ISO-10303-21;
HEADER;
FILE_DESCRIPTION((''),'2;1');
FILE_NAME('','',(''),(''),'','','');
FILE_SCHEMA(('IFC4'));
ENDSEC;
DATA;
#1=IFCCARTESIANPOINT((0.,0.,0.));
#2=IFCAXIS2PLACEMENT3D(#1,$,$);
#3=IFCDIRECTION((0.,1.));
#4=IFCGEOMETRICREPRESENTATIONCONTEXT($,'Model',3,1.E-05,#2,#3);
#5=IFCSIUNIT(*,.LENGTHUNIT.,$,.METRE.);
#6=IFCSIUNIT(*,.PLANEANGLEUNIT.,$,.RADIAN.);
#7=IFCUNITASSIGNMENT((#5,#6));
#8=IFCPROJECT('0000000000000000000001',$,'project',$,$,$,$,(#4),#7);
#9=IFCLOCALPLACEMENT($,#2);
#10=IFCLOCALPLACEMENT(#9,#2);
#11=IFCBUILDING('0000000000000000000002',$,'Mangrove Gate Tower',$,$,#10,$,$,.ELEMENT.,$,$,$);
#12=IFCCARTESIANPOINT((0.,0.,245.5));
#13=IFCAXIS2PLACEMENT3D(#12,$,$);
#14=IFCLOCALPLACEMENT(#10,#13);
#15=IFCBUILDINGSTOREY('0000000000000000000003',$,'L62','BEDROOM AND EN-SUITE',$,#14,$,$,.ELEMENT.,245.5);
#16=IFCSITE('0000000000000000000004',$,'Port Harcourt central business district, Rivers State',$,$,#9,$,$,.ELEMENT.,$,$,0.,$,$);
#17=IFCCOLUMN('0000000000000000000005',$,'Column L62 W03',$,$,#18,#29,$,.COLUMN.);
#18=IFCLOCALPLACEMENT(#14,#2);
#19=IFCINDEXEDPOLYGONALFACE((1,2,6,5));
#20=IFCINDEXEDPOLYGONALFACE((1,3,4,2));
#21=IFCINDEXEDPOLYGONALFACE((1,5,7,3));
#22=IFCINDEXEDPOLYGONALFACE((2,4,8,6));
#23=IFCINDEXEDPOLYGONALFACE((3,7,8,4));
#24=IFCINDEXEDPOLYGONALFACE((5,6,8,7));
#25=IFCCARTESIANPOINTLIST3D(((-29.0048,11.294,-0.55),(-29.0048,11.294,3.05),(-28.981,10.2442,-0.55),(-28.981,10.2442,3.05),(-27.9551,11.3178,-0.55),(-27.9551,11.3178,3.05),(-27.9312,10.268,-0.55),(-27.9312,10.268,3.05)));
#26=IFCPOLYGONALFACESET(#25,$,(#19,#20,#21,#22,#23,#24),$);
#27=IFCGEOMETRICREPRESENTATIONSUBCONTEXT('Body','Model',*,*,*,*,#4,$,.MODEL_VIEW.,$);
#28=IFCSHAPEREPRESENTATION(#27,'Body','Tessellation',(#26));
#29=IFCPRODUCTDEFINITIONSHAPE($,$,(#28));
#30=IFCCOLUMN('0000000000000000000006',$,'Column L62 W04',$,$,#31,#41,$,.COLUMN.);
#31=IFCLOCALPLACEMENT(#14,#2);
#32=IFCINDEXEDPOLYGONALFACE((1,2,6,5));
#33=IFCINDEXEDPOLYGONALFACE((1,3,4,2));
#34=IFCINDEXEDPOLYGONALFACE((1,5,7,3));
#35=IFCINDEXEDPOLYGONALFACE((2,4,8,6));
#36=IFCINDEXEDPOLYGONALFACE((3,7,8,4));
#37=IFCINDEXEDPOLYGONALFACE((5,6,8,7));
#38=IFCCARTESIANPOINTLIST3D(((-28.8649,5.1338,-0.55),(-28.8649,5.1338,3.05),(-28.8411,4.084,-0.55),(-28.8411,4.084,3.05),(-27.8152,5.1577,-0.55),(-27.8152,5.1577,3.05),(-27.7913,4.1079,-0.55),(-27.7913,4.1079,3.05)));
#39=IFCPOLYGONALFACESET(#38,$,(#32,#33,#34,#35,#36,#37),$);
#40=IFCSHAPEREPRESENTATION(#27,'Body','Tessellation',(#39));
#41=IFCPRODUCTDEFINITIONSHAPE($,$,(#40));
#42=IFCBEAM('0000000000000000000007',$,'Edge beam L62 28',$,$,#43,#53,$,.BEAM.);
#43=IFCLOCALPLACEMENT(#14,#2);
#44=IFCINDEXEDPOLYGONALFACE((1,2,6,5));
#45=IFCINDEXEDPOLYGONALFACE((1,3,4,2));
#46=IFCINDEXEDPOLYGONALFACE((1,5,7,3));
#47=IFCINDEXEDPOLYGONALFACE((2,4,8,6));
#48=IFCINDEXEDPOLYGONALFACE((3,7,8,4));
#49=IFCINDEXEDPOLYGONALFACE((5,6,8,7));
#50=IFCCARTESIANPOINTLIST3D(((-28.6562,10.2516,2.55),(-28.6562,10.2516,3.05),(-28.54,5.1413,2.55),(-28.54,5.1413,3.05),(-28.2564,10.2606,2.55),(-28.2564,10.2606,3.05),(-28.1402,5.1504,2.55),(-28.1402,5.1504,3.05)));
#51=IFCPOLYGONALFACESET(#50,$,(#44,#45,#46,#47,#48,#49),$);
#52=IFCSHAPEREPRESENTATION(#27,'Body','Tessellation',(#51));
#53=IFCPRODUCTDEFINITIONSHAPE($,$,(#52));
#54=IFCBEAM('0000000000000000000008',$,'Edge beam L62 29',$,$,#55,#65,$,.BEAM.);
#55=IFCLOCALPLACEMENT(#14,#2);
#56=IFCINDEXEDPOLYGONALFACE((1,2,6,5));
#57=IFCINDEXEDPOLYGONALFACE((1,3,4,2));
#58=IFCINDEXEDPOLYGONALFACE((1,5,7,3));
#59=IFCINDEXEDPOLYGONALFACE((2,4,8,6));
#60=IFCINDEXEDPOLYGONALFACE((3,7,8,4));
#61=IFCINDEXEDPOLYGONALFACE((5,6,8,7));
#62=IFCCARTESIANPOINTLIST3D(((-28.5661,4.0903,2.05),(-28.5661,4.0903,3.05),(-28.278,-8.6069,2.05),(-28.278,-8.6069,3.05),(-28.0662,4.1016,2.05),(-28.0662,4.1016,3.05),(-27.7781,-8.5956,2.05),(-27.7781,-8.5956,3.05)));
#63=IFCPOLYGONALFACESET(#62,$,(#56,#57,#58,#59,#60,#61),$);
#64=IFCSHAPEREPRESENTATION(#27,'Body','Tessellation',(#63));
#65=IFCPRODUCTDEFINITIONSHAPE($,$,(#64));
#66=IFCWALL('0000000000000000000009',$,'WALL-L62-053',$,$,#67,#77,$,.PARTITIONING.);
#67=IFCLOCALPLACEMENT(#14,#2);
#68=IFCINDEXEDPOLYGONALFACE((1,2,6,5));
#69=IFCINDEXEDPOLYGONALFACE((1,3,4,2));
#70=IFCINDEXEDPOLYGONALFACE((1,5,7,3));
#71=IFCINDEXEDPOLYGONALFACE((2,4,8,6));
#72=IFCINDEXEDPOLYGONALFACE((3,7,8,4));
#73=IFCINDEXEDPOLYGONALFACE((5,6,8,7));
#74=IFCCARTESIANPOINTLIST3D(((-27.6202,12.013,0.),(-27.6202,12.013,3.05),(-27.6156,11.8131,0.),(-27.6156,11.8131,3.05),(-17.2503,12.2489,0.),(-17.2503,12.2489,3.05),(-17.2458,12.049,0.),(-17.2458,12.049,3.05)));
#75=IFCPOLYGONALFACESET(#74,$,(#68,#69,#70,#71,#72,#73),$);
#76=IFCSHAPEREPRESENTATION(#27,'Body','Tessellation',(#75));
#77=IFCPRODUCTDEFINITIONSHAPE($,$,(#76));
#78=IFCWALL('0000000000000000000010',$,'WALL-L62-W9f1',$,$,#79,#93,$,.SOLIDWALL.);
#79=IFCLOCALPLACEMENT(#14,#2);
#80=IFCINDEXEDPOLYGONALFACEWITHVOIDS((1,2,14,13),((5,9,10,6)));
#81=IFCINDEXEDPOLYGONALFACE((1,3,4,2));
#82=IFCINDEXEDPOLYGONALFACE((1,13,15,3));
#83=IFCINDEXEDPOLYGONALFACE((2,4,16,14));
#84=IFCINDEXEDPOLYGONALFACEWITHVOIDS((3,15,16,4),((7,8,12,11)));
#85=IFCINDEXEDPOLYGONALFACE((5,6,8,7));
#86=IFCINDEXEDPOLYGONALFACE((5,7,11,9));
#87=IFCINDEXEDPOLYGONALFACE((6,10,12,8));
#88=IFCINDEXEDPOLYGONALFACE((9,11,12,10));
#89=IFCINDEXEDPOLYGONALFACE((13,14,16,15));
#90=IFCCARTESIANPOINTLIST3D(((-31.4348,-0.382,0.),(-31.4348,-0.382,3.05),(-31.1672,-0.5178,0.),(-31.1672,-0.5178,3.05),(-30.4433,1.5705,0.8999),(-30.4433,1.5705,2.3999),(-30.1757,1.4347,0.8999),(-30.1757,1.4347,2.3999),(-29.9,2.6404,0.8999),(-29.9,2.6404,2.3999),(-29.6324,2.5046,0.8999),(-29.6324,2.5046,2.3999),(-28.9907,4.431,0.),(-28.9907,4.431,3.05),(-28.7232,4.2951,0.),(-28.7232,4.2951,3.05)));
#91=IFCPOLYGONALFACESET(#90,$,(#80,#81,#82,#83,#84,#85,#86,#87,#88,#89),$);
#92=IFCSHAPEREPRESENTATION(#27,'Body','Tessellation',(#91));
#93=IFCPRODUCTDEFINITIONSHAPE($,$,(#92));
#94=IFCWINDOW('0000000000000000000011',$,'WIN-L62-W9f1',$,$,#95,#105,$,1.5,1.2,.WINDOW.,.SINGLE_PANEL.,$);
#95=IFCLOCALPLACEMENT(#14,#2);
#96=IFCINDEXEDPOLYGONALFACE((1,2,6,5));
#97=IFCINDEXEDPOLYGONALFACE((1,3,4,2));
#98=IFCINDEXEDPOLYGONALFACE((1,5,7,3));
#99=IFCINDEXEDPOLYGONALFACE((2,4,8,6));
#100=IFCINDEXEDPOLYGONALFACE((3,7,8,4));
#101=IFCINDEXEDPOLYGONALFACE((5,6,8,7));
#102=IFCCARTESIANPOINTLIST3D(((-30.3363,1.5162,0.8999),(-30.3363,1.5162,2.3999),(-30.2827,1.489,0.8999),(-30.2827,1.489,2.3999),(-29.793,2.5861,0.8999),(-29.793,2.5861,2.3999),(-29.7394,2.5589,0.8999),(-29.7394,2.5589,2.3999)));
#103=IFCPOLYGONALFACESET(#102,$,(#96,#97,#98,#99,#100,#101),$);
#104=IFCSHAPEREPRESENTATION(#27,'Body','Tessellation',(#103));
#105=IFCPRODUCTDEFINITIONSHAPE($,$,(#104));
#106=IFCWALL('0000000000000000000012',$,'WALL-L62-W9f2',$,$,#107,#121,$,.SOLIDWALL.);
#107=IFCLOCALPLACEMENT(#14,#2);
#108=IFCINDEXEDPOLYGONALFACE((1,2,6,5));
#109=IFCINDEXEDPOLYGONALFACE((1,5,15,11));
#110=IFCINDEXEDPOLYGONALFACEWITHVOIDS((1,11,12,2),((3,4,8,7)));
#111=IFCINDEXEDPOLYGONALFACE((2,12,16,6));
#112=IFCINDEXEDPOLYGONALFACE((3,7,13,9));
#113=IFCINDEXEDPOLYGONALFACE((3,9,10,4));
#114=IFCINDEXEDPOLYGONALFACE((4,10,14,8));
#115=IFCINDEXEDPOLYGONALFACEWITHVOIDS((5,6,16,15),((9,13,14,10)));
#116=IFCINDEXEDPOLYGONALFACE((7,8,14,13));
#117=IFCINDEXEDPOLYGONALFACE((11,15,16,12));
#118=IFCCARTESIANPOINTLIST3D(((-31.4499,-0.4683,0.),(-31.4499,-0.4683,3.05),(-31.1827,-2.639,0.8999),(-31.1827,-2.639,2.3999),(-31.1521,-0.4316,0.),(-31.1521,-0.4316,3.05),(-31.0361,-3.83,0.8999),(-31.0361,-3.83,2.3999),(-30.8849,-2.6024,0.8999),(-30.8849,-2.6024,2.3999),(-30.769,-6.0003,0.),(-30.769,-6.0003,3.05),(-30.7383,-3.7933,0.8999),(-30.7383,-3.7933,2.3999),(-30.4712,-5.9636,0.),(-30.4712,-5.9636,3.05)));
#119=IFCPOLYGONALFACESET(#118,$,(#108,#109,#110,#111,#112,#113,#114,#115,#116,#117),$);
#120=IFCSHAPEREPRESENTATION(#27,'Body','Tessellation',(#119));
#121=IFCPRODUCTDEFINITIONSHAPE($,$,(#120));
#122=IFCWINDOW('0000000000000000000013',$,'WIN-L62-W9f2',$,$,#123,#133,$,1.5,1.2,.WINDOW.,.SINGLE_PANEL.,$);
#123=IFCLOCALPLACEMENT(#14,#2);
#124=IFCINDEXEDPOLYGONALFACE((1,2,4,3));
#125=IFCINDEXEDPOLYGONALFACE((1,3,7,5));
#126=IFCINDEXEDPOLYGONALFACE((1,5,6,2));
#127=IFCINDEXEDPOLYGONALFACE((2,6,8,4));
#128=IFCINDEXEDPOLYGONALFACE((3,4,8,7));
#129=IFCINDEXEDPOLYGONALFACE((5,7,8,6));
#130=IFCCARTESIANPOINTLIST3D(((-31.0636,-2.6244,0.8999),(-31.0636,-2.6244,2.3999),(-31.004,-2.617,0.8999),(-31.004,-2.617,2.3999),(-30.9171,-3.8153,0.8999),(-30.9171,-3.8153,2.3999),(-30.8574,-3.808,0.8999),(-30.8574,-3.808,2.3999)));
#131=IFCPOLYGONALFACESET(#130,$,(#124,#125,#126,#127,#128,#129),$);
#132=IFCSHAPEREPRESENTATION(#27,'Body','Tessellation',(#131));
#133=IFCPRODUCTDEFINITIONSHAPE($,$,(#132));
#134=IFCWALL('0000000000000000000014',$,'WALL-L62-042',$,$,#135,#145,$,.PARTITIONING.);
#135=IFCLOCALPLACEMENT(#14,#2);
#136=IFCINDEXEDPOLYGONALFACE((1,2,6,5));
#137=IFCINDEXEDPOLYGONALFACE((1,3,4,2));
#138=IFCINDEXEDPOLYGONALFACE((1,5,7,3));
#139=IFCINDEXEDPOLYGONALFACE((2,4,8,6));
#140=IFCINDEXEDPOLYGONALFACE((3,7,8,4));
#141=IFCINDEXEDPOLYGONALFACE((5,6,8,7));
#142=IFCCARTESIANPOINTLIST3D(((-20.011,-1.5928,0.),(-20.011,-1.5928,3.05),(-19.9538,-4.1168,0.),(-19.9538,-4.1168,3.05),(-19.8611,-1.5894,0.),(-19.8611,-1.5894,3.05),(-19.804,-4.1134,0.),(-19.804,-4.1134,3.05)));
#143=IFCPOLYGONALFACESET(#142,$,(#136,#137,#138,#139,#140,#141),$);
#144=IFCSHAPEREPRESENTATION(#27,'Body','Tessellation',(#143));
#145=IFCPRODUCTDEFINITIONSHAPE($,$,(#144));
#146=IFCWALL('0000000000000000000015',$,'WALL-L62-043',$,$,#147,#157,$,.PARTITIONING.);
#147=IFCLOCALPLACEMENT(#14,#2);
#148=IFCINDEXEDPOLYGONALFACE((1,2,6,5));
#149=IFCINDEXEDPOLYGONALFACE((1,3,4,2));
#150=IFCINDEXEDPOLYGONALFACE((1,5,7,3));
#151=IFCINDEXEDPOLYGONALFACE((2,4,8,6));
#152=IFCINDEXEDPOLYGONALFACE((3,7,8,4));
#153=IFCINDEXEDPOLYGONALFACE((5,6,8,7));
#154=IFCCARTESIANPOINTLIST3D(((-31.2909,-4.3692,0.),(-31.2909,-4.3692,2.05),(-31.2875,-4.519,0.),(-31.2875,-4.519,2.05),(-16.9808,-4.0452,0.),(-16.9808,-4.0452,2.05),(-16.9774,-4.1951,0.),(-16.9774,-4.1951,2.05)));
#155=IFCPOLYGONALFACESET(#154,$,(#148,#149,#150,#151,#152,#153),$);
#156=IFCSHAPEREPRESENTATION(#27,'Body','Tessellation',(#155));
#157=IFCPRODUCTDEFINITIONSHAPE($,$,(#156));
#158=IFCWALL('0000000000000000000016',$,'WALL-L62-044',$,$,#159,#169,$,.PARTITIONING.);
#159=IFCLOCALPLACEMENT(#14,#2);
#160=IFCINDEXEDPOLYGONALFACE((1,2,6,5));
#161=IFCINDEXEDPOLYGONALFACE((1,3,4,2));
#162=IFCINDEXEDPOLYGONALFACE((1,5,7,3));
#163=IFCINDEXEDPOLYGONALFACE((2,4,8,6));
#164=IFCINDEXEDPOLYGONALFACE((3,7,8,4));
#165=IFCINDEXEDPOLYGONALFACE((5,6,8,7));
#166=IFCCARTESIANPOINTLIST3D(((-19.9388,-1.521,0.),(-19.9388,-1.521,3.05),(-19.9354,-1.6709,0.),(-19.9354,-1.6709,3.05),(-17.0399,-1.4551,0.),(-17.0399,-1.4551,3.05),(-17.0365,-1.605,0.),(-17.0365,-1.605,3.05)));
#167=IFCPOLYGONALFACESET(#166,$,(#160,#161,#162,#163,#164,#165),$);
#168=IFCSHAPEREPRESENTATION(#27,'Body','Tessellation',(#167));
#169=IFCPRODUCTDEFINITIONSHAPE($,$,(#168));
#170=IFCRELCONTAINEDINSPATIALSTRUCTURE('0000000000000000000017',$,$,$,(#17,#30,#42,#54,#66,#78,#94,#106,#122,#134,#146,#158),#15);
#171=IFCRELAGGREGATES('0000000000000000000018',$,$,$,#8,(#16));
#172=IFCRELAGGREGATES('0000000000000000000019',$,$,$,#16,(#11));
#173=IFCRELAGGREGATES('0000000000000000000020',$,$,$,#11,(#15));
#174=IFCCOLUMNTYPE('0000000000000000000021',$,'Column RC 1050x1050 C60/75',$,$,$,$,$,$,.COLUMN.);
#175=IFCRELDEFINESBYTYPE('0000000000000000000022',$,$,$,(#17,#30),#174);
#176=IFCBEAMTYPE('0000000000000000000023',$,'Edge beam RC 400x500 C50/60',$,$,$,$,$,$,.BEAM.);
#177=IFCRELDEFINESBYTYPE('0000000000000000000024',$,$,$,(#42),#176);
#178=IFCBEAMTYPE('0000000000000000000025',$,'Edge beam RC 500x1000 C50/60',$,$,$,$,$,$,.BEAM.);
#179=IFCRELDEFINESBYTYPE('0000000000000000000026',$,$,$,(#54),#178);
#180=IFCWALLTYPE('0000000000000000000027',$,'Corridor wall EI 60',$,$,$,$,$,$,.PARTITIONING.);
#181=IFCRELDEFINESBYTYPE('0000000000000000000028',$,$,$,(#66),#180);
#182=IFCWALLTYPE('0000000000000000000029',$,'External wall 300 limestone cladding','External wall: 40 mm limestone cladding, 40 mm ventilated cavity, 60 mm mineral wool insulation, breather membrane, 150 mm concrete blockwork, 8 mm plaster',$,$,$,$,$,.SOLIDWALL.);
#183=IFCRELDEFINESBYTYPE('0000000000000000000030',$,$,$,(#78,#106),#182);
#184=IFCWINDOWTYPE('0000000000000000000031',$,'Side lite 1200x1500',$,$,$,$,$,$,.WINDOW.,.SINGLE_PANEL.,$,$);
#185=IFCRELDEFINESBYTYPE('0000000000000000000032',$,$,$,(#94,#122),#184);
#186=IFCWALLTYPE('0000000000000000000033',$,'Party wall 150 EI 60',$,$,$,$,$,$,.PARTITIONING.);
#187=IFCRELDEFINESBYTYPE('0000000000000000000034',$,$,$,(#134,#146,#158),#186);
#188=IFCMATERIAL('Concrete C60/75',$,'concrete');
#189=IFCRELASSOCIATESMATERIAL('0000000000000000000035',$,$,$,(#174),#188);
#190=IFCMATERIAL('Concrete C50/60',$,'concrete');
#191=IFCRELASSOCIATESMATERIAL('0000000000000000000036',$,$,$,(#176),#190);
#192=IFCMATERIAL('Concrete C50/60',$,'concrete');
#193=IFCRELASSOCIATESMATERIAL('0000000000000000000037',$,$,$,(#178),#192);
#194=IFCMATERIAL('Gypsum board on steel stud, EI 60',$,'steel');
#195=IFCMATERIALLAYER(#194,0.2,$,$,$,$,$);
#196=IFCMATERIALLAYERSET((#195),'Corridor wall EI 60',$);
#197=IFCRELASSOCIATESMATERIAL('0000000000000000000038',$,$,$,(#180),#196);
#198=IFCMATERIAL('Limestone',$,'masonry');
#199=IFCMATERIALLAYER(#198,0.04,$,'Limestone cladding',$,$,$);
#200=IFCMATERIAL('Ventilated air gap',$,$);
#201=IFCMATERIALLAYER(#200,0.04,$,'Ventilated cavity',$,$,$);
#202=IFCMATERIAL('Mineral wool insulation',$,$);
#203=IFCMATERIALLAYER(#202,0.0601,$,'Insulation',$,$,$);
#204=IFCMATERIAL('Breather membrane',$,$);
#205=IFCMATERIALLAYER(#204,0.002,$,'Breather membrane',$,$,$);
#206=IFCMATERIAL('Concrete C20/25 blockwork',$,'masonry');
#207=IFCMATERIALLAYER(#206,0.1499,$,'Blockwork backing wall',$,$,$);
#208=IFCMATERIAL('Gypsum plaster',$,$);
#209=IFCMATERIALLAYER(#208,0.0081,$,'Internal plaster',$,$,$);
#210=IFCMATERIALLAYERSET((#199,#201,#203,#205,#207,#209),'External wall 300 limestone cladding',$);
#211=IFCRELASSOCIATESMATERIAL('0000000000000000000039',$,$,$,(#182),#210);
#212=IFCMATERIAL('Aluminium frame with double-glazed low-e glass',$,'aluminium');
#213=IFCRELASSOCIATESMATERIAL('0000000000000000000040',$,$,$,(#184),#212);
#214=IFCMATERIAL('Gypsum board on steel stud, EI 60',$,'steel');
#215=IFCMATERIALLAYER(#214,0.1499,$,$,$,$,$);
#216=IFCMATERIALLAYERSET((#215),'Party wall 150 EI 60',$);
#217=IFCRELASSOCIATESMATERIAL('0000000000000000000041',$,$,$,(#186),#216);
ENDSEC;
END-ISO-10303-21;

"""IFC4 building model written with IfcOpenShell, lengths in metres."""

from ifc_helpers import new_model, si_unit, direction, frame, frame_2d, origin, origin_2d, place, context, subcontext, project, spatial, rectangle, extrude, material, layer, layer_set, material_profile, profile_set, type_object, element, fill, save


model = new_model("IFC4")

# Units and contexts
model_context = context("Model", 3, precision=1e-05, world=origin(), true_north=direction((0.0, 1.0)))
body_context = subcontext(model_context, "Body", "Model", "MODEL_VIEW")
ifc_project = project(units=[si_unit("LENGTHUNIT", "METRE"), si_unit("PLANEANGLEUNIT", "RADIAN")], contexts=[model_context])

# Site, building, storey
site_placement = place(None, origin())
site = spatial("IfcSite", under=ifc_project, at=site_placement, Name="Port Harcourt central business district, Rivers State", CompositionType="ELEMENT", RefElevation=0.0)
building_placement = place(site_placement, origin())
building = spatial("IfcBuilding", under=site, at=building_placement, Name="Mangrove Gate Tower", CompositionType="ELEMENT")
storey_placement = place(building_placement, frame((0.0, 0.0, 245.5)))
storey = spatial("IfcBuildingStorey", under=building, at=storey_placement, Name="L62", Description="BEDROOM AND EN-SUITE", CompositionType="ELEMENT", Elevation=245.5)

# Columns
ifc_material_1 = material(Name="Concrete C60/75", Category="concrete")
ifc_material_profile_1 = material_profile(ifc_material_1, rectangle(XDim=1.05, YDim=1.05, at=origin_2d()))
ifc_profile_set_1 = profile_set([ifc_material_profile_1], Name="Concrete C60/75")
column_type = type_object("IfcColumnType", Name="Column RC 1050x1050 C60/75", PredefinedType="COLUMN", material=ifc_profile_set_1)
for number, where, z_axis, x_axis, name in (
    (1, (-28.468, 10.781, -0.55), (0.0, 0.0, 1.0), (0.02272, -0.999742, 0.0), "Column L62 W03"),
    (2, (-28.3281, 4.6208, -0.55), (0.0, 0.0, 1.0), (0.0227, -0.999742, 0.0), "Column L62 W04"),
):
    element("IfcColumn", number, at=place(storey_placement, frame(where, z_axis=z_axis, x_axis=x_axis)), inside=storey, type_object=column_type, Name=name, PredefinedType="COLUMN", context=body_context, shape_type="SweptSolid", body=[
        extrude(rectangle(XDim=1.05, YDim=1.05, at=origin_2d()), origin(), (0.0, 0.0, 1.0), 3.6001),
    ])

# Beams
ifc_material_2 = material(Name="Concrete C50/60", Category="concrete")
ifc_material_profile_2 = material_profile(ifc_material_2, rectangle(XDim=0.3999, YDim=0.5, at=origin_2d()))
ifc_profile_set_2 = profile_set([ifc_material_profile_2], Name="Concrete C50/60")
beam_type_1 = type_object("IfcBeamType", Name="Edge beam RC 400x500 C50/60", PredefinedType="BEAM", material=ifc_profile_set_2)
beam_1_placement = place(storey_placement, frame((-28.4563, 10.2561, 2.8), z_axis=(0.022734, -0.999742, 0.0), x_axis=(0.999742, 0.022734, 0.0)))
element("IfcBeam", 3, at=beam_1_placement, inside=storey, type_object=beam_type_1, Name="Edge beam L62 28", PredefinedType="BEAM", context=body_context, shape_type="SweptSolid", body=[
    extrude(rectangle(XDim=0.3999, YDim=0.5, at=origin_2d()), origin(), (0.0, 0.0, 1.0), 5.1116),
])
ifc_material_3 = material(Name="Concrete C50/60", Category="concrete")
ifc_material_profile_3 = material_profile(ifc_material_3, rectangle(XDim=0.5, YDim=1.0, at=origin_2d()))
ifc_profile_set_3 = profile_set([ifc_material_profile_3], Name="Concrete C50/60")
beam_type_2 = type_object("IfcBeamType", Name="Edge beam RC 500x1000 C50/60", PredefinedType="BEAM", material=ifc_profile_set_3)
beam_2_placement = place(storey_placement, frame((-28.3162, 4.0959, 2.55), z_axis=(0.022683, -0.999743, 0.0), x_axis=(0.999743, 0.022683, 0.0)))
element("IfcBeam", 4, at=beam_2_placement, inside=storey, type_object=beam_type_2, Name="Edge beam L62 29", PredefinedType="BEAM", context=body_context, shape_type="SweptSolid", body=[
    extrude(rectangle(XDim=0.5, YDim=1.0, at=origin_2d()), origin(), (0.0, 0.0, 1.0), 12.7004),
])

# Wall
ifc_material_4 = material(Name="Gypsum board on steel stud, EI 60", Category="steel")
ifc_layer_1 = layer(ifc_material_4, 0.2)
ifc_layer_set_1 = layer_set([ifc_layer_1], Name="Corridor wall EI 60")
wall_type_1 = type_object("IfcWallType", Name="Corridor wall EI 60", PredefinedType="PARTITIONING", material=ifc_layer_set_1)
wall_1_placement = place(storey_placement, frame((-27.6179, 11.9131, 0.0), z_axis=(0.0, 0.0, 1.0), x_axis=(0.999741, 0.022737, 0.0)))
element("IfcWall", 5, at=wall_1_placement, inside=storey, type_object=wall_type_1, Name="WALL-L62-053", PredefinedType="PARTITIONING", context=body_context, shape_type="SweptSolid", body=[
    extrude(rectangle(XDim=10.3726, YDim=0.2, at=frame_2d((5.1863, 0.0))), origin(), (0.0, 0.0, 1.0), 3.05),
])

# Walls, openings, windows
ifc_material_5 = material(Name="Limestone", Category="masonry")
ifc_layer_2 = layer(ifc_material_5, 0.04, Name="Limestone cladding")
ifc_material_6 = material(Name="Ventilated air gap")
ifc_layer_3 = layer(ifc_material_6, 0.04, Name="Ventilated cavity")
ifc_material_7 = material(Name="Mineral wool insulation")
ifc_layer_4 = layer(ifc_material_7, 0.0601, Name="Insulation")
ifc_material_8 = material(Name="Breather membrane")
ifc_layer_5 = layer(ifc_material_8, 0.002, Name="Breather membrane")
ifc_material_9 = material(Name="Concrete C20/25 blockwork", Category="masonry")
ifc_layer_6 = layer(ifc_material_9, 0.1499, Name="Blockwork backing wall")
ifc_material_10 = material(Name="Gypsum plaster")
ifc_layer_7 = layer(ifc_material_10, 0.0081, Name="Internal plaster")
ifc_layer_set_2 = layer_set([ifc_layer_2, ifc_layer_3, ifc_layer_4, ifc_layer_5, ifc_layer_6, ifc_layer_7], Name="External wall 300 limestone cladding")
wall_type_2 = type_object("IfcWallType", Name="External wall 300 limestone cladding", Description="External wall: 40 mm limestone cladding, 40 mm ventilated cavity, 60 mm mineral wool insulation, breather membrane, 150 mm concrete blockwork, 8 mm plaster", PredefinedType="SOLIDWALL", material=ifc_layer_set_2)
wall_2_placement = place(storey_placement, frame((-28.8569, 4.363, 0.0), z_axis=(0.0, 0.0, 1.0), x_axis=(-0.452777, -0.891624, 0.0)))
wall_2 = element("IfcWall", 6, at=wall_2_placement, inside=storey, type_object=wall_type_2, Name="WALL-L62-W9f1", PredefinedType="SOLIDWALL", context=body_context, shape_type="SweptSolid", body=[
    extrude(rectangle(XDim=5.3979, YDim=0.3, at=frame_2d((2.699, 0.0))), origin(), (0.0, 0.0, 1.0), 3.05),
])
opening_1_placement = place(wall_2_placement, frame((2.0081, 0.0, 0.8999)))
opening_1 = element("IfcOpeningElement", 7, at=opening_1_placement, cuts=wall_2, PredefinedType="OPENING", context=body_context, shape_type="SweptSolid", body=[
    extrude(rectangle(XDim=1.2, YDim=1.5, at=frame_2d((0.6001, 0.75))), frame((0.0, 0.1599, 0.0), z_axis=(0.0, -1.0, 0.0), x_axis=(1.0, 0.0, 0.0)), (0.0, 0.0, 1.0), 0.3201),
])
ifc_material_11 = material(Name="Aluminium frame with double-glazed low-e glass", Category="aluminium")
window_type = type_object("IfcWindowType", Name="Side lite 1200x1500", PartitioningType="SINGLE_PANEL", PredefinedType="WINDOW", material=ifc_material_11)
window_1_placement = place(opening_1_placement, origin())
window_1 = element("IfcWindow", 8, at=window_1_placement, inside=storey, type_object=window_type, Name="WIN-L62-W9f1", OverallHeight=1.5, OverallWidth=1.2, PartitioningType="SINGLE_PANEL", PredefinedType="WINDOW", context=body_context, shape_type="SweptSolid", body=[
    extrude(rectangle(XDim=1.2, YDim=1.5, at=frame_2d((0.6001, 0.75))), frame((0.0, 0.03, 0.0), z_axis=(0.0, -1.0, 0.0), x_axis=(1.0, 0.0, 0.0)), (0.0, 0.0, 1.0), 0.0601),
])
fill(opening_1, window_1)
wall_3_placement = place(storey_placement, frame((-31.301, -0.45, 0.0), z_axis=(0.0, 0.0, 1.0), x_axis=(0.122164, -0.99251, 0.0)))
wall_3 = element("IfcWall", 9, at=wall_3_placement, inside=storey, type_object=wall_type_2, Name="WALL-L62-W9f2", PredefinedType="SOLIDWALL", context=body_context, shape_type="SweptSolid", body=[
    extrude(rectangle(XDim=5.5737, YDim=0.3, at=frame_2d((2.7869, 0.0))), origin(), (0.0, 0.0, 1.0), 3.05),
])
opening_2_placement = place(wall_3_placement, frame((2.187, 0.0, 0.8999)))
opening_2 = element("IfcOpeningElement", 10, at=opening_2_placement, cuts=wall_3, PredefinedType="OPENING", context=body_context, shape_type="SweptSolid", body=[
    extrude(rectangle(XDim=1.2, YDim=1.5, at=frame_2d((0.6001, 0.75))), frame((0.0, 0.1599, 0.0), z_axis=(0.0, -1.0, 0.0), x_axis=(1.0, 0.0, 0.0)), (0.0, 0.0, 1.0), 0.3201),
])
window_2_placement = place(opening_2_placement, origin())
window_2 = element("IfcWindow", 11, at=window_2_placement, inside=storey, type_object=window_type, Name="WIN-L62-W9f2", OverallHeight=1.5, OverallWidth=1.2, PartitioningType="SINGLE_PANEL", PredefinedType="WINDOW", context=body_context, shape_type="SweptSolid", body=[
    extrude(rectangle(XDim=1.2, YDim=1.5, at=frame_2d((0.6001, 0.75))), frame((0.0, 0.03, 0.0), z_axis=(0.0, -1.0, 0.0), x_axis=(1.0, 0.0, 0.0)), (0.0, 0.0, 1.0), 0.0601),
])
fill(opening_2, window_2)

# Walls
ifc_material_12 = material(Name="Gypsum board on steel stud, EI 60", Category="steel")
ifc_layer_8 = layer(ifc_material_12, 0.1499)
ifc_layer_set_3 = layer_set([ifc_layer_8], Name="Party wall 150 EI 60")
wall_type_3 = type_object("IfcWallType", Name="Party wall 150 EI 60", PredefinedType="PARTITIONING", material=ifc_layer_set_3)
wall_4_placement = place(storey_placement, frame((-19.8789, -4.115, 0.0), z_axis=(0.0, 0.0, 1.0), x_axis=(-0.022629, 0.999744, 0.0)))
element("IfcWall", 12, at=wall_4_placement, inside=storey, type_object=wall_type_3, Name="WALL-L62-042", PredefinedType="PARTITIONING", context=body_context, shape_type="SweptSolid", body=[
    extrude(rectangle(XDim=2.5247, YDim=0.1499, at=frame_2d((1.2622, 0.0))), origin(), (0.0, 0.0, 1.0), 3.05),
])
wall_5_placement = place(storey_placement, frame((-31.2891, -4.4441, 0.0), z_axis=(0.0, 0.0, 1.0), x_axis=(0.999744, 0.022634, 0.0)))
element("IfcWall", 13, at=wall_5_placement, inside=storey, type_object=wall_type_3, Name="WALL-L62-043", PredefinedType="PARTITIONING", context=body_context, shape_type="SweptSolid", body=[
    extrude(rectangle(XDim=14.3137, YDim=0.1499, at=frame_2d((7.1567, 0.0))), origin(), (0.0, 0.0, 1.0), 2.05),
])
wall_6_placement = place(storey_placement, frame((-19.937, -1.5959, 0.0), z_axis=(0.0, 0.0, 1.0), x_axis=(0.999742, 0.022733, 0.0)))
element("IfcWall", 14, at=wall_6_placement, inside=storey, type_object=wall_type_3, Name="WALL-L62-044", PredefinedType="PARTITIONING", context=body_context, shape_type="SweptSolid", body=[
    extrude(rectangle(XDim=2.8997, YDim=0.1499, at=frame_2d((1.4497, 0.0))), origin(), (0.0, 0.0, 1.0), 3.05),
])

save(model, "model.ifc")
